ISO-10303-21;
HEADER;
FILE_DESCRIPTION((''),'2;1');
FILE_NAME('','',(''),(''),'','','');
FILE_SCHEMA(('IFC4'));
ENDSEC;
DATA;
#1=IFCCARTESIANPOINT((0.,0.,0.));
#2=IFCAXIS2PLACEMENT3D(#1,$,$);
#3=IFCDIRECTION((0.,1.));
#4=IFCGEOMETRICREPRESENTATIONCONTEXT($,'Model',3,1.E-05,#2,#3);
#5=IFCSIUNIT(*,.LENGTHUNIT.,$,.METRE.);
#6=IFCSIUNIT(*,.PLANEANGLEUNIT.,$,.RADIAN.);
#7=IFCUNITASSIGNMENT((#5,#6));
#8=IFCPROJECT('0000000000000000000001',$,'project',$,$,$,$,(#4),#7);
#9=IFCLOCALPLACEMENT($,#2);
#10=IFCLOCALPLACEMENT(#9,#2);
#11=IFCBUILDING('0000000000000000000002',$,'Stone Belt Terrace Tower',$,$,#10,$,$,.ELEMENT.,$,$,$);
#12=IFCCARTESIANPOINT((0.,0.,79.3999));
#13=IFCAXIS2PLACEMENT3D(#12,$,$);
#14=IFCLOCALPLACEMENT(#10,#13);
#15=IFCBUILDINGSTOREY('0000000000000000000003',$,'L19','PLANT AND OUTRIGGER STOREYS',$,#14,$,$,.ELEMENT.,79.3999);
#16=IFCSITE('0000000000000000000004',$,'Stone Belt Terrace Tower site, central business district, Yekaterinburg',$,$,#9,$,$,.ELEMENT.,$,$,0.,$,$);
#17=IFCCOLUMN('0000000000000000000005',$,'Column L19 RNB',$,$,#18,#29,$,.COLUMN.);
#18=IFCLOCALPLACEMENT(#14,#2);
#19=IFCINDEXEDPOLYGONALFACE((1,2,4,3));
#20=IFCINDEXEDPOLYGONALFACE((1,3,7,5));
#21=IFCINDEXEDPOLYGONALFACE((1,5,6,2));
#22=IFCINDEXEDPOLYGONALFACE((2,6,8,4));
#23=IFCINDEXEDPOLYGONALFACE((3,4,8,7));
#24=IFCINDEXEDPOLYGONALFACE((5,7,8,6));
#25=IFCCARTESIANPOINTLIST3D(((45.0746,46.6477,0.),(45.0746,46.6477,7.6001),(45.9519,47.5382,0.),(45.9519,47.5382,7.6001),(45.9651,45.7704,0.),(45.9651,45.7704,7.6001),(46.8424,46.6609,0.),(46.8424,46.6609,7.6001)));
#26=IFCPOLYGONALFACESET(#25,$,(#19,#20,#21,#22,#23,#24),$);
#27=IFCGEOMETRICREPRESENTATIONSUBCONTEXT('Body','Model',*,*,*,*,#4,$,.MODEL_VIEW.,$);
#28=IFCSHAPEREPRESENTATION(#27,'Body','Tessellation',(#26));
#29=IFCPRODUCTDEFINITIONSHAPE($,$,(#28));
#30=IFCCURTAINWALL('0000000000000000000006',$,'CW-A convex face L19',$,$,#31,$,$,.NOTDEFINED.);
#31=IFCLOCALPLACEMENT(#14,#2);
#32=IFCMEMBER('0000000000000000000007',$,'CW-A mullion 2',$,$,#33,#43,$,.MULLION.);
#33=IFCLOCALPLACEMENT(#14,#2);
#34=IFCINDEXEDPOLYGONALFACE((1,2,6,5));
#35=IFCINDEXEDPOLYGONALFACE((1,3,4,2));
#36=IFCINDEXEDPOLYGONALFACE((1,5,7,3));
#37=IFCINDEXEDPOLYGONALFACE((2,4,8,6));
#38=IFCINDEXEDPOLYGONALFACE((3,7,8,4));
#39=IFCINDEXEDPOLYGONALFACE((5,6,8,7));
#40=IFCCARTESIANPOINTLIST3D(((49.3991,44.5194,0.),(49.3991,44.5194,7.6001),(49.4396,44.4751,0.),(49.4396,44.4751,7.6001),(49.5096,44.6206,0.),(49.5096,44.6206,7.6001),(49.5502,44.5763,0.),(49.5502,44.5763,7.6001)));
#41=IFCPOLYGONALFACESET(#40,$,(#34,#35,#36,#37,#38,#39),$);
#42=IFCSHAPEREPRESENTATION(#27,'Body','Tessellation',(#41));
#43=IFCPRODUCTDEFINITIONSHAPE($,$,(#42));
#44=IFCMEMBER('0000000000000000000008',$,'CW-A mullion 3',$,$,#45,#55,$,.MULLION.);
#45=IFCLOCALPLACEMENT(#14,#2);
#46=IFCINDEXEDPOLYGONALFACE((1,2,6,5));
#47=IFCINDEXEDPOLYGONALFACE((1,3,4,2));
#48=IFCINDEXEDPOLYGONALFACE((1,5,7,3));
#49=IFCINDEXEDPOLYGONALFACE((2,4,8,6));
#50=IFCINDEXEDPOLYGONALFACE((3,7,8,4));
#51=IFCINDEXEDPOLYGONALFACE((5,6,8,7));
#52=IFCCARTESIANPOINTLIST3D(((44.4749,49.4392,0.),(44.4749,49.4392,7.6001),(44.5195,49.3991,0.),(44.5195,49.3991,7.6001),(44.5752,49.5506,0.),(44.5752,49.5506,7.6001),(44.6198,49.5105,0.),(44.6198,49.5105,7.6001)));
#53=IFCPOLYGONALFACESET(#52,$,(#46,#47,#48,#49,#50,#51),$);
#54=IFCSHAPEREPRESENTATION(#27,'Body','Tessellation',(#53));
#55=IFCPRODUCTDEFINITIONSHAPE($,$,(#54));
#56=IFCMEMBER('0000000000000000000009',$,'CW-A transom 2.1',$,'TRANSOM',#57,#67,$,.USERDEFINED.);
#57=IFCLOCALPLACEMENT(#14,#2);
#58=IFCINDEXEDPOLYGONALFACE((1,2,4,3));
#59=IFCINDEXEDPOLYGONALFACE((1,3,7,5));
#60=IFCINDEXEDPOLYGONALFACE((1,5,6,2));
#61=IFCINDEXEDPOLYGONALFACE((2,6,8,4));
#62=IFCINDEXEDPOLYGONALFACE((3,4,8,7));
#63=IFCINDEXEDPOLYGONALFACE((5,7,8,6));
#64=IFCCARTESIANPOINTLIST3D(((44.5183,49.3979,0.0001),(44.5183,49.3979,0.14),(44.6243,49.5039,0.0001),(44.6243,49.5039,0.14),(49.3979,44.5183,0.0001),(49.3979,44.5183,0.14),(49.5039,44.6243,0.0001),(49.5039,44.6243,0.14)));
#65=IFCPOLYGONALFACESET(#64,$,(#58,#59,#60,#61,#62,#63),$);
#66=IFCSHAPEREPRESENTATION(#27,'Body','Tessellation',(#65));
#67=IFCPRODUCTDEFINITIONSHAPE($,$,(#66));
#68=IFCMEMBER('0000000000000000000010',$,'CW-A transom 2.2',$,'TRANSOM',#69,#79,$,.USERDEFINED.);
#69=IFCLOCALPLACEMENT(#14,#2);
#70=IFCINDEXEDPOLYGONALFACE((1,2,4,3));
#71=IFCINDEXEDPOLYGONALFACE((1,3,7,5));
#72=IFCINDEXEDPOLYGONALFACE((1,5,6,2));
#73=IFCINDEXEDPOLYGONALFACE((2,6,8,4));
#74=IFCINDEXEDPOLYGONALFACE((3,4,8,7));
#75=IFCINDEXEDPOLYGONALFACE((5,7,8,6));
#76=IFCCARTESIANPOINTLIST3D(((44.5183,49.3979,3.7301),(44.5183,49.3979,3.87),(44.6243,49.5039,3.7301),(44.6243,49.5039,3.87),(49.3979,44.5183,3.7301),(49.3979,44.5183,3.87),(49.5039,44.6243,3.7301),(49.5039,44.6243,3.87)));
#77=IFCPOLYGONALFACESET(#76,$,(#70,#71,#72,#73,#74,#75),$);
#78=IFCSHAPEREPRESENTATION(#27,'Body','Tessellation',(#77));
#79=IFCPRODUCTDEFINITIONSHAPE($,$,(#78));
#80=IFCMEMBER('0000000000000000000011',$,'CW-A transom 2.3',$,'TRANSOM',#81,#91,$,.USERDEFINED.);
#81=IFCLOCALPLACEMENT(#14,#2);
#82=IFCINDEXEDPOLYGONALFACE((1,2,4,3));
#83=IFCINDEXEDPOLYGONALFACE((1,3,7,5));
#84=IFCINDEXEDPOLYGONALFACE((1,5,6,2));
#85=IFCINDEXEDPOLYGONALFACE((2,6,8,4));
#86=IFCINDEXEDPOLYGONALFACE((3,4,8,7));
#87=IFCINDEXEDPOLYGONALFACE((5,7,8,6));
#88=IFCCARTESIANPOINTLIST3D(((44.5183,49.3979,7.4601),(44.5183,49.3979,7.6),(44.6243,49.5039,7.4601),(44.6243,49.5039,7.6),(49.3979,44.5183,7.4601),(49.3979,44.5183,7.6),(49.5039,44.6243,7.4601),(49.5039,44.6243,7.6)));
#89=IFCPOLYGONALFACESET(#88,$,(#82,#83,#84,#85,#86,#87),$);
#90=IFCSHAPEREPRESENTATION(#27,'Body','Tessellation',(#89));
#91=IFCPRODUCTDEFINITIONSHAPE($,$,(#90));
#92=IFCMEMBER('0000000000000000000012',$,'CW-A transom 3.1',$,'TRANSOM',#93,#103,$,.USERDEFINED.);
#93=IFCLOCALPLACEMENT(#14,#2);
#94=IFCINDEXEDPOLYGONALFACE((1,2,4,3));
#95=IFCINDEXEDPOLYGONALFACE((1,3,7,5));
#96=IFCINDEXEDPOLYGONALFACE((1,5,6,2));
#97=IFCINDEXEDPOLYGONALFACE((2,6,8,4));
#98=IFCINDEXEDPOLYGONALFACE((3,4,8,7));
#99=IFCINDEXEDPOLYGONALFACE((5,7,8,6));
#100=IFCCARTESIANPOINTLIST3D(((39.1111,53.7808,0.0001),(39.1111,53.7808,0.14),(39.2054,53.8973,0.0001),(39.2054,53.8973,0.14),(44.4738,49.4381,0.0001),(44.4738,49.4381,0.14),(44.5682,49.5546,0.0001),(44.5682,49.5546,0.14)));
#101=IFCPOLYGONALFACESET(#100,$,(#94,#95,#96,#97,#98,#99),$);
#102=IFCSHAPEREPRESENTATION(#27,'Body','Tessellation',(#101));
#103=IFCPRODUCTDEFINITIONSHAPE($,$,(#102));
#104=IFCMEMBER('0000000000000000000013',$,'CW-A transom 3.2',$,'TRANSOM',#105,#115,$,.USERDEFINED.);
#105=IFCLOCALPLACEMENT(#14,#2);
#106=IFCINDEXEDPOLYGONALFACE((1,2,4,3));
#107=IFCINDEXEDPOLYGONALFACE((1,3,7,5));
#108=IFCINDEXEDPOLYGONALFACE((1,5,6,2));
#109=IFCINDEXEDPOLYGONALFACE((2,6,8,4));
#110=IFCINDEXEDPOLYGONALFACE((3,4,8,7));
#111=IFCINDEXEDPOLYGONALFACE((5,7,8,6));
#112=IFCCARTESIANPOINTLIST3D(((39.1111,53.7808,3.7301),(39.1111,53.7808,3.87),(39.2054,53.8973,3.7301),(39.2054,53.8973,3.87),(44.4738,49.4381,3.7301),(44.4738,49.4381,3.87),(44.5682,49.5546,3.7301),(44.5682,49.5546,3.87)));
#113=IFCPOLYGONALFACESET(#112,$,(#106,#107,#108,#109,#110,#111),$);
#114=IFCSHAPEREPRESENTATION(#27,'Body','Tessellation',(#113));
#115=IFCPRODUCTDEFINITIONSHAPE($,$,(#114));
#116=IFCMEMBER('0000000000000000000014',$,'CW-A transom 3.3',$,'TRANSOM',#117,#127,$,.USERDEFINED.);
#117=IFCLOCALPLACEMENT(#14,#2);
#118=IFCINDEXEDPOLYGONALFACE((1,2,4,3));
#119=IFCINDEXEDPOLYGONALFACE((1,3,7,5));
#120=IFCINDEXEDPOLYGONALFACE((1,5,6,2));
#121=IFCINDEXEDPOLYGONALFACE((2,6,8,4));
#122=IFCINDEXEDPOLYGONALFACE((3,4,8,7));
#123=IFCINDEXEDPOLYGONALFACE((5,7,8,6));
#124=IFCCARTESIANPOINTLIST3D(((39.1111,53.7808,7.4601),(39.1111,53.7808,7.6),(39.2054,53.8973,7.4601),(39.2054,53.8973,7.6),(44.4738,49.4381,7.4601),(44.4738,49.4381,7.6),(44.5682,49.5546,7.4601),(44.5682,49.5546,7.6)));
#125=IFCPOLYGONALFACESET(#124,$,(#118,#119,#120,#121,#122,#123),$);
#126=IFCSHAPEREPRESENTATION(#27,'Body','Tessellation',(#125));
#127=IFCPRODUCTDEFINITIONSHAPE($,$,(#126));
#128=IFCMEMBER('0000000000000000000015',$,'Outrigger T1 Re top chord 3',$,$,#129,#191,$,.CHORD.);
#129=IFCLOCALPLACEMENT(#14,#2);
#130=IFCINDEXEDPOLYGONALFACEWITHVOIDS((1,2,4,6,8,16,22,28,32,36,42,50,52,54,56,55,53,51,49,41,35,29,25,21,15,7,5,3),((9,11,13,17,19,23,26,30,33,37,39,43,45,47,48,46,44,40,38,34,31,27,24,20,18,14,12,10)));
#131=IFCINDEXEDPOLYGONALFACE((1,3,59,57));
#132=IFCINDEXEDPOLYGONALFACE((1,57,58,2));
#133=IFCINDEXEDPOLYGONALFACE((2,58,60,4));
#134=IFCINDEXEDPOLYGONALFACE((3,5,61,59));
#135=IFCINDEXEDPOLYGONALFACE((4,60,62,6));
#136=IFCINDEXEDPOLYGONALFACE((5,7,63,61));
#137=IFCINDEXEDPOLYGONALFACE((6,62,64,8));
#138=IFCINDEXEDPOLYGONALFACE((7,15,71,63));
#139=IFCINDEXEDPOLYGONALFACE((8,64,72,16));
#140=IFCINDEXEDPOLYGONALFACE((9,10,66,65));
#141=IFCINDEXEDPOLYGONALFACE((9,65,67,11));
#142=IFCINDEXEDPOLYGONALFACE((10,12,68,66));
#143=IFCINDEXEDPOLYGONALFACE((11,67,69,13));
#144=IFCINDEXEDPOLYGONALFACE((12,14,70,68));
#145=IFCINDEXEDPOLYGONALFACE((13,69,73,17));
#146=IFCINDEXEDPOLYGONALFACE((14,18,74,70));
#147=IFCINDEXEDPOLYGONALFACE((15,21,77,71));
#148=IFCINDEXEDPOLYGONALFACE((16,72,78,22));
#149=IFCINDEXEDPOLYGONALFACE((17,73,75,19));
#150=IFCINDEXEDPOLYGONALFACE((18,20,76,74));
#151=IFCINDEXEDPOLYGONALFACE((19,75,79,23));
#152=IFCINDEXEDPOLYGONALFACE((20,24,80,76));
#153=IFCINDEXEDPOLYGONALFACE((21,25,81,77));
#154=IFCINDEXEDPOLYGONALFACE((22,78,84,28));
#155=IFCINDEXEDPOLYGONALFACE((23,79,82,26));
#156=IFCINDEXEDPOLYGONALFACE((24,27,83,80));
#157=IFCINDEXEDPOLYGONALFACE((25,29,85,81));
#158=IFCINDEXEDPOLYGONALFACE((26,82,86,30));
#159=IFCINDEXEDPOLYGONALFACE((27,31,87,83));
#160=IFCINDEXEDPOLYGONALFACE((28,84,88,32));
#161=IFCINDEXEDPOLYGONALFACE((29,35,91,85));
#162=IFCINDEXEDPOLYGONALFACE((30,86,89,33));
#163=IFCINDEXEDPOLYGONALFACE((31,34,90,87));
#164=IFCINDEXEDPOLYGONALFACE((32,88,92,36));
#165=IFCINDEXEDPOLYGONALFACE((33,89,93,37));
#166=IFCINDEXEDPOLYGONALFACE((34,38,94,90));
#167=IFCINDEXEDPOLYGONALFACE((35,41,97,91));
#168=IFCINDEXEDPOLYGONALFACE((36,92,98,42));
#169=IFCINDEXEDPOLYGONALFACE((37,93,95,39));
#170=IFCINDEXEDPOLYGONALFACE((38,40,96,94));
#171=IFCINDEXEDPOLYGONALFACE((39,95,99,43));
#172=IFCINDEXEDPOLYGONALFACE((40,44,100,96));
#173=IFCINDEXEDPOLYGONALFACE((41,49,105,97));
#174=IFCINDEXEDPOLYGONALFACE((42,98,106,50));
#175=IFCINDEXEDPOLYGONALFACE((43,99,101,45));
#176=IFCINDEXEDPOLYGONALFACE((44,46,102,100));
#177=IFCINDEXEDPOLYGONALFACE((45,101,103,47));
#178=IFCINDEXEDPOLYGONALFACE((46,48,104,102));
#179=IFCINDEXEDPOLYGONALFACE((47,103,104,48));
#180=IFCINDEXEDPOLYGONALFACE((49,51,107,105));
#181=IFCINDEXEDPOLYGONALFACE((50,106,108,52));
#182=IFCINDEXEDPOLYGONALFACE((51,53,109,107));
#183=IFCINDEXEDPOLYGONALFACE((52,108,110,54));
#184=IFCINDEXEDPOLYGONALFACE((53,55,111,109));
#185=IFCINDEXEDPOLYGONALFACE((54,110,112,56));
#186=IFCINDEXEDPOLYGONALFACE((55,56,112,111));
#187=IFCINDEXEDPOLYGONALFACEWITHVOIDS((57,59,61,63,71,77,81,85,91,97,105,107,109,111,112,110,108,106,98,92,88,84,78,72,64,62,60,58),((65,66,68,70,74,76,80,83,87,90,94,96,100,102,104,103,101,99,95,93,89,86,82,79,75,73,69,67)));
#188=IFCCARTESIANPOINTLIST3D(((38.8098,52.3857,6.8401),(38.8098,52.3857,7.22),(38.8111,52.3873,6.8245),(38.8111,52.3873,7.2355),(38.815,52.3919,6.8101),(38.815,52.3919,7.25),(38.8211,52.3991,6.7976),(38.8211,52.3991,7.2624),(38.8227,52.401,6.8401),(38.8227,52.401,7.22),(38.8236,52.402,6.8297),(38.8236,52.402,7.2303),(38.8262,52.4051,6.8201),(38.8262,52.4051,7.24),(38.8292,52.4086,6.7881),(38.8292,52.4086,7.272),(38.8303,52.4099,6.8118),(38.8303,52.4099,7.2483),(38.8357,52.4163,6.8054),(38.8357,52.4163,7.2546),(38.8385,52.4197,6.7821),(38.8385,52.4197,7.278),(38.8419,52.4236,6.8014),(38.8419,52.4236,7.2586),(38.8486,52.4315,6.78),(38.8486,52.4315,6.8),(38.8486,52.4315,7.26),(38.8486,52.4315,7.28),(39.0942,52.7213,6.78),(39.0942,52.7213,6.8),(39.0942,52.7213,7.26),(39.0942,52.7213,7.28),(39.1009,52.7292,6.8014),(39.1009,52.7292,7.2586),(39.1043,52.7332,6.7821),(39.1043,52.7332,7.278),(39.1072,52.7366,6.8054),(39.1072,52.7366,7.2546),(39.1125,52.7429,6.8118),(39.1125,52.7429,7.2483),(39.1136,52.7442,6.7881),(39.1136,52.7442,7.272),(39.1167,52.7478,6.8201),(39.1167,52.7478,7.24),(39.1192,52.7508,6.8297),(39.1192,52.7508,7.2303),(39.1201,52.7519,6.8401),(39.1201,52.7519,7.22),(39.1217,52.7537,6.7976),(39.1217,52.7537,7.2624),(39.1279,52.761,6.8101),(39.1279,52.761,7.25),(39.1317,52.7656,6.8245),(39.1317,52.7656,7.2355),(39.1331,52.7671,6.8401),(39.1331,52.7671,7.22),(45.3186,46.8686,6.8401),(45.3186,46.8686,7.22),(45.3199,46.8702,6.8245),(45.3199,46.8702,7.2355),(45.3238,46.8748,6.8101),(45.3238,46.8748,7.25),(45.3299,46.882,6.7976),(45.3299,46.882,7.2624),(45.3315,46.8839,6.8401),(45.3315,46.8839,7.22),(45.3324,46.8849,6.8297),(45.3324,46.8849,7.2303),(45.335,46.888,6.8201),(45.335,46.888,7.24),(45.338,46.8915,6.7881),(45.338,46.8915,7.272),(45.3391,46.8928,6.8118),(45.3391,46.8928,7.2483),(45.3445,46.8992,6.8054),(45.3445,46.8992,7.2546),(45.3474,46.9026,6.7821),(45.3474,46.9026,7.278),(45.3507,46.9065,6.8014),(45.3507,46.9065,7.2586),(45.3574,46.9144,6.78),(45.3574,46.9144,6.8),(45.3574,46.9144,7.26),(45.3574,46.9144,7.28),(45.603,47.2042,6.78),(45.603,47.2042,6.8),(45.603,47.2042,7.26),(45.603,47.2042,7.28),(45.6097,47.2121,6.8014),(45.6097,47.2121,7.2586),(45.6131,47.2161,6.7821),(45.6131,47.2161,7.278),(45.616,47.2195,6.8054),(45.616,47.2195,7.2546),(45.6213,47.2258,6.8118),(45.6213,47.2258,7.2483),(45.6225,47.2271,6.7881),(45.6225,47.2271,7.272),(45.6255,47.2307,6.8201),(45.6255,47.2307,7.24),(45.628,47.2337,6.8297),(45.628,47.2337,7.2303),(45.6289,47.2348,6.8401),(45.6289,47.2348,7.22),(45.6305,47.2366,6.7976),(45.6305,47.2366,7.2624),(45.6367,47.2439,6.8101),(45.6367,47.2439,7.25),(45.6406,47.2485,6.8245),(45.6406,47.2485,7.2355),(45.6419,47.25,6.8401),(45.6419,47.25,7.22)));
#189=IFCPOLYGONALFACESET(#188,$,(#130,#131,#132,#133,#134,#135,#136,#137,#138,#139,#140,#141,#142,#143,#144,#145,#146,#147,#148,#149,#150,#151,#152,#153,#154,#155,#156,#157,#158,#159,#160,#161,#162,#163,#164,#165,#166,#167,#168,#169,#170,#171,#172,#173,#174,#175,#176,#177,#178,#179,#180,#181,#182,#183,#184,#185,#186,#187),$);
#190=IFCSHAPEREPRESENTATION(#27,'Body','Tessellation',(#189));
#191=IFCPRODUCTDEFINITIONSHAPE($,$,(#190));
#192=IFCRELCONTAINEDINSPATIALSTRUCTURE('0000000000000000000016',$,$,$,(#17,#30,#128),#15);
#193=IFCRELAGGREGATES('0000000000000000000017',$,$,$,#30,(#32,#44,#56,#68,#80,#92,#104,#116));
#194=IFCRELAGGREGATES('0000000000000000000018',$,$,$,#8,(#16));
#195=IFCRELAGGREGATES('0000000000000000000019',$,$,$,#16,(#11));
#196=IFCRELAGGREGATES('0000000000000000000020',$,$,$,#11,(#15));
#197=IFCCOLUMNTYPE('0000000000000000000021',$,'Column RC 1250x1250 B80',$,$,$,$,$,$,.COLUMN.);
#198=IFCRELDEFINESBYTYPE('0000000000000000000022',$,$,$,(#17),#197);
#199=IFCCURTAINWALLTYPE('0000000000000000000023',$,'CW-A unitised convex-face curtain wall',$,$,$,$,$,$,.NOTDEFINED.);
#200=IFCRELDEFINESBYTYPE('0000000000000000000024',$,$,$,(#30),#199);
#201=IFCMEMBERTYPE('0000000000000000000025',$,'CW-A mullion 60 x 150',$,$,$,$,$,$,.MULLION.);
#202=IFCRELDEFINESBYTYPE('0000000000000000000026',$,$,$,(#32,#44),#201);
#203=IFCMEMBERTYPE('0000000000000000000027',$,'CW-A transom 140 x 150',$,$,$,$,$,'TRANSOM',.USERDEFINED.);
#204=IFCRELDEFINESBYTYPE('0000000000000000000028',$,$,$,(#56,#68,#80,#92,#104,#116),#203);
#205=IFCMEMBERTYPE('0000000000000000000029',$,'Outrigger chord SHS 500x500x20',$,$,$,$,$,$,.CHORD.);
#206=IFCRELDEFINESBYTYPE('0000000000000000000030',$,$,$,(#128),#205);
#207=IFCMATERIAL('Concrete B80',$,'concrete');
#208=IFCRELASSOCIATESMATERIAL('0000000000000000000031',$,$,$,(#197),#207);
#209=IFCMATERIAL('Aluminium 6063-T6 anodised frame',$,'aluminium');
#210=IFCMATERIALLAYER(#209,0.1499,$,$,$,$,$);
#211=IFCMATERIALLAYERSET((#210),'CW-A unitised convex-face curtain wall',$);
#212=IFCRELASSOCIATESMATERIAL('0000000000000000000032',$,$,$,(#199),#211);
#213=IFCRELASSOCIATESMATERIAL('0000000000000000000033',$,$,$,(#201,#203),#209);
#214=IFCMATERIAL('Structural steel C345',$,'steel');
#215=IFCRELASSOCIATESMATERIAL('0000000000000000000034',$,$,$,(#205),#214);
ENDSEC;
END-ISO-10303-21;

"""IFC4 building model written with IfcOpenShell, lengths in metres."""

from ifc_helpers import new_model, si_unit, direction, frame, origin, origin_2d, place, context, subcontext, project, spatial, rectangle, hollow_rectangle, extrude, material, layer, layer_set, material_profile, profile_set, type_object, element, aggregate, save


model = new_model("IFC4")

# Units and contexts
model_context = context("Model", 3, precision=1e-05, world=origin(), true_north=direction((0.0, 1.0)))
body_context = subcontext(model_context, "Body", "Model", "MODEL_VIEW")
ifc_project = project(units=[si_unit("LENGTHUNIT", "METRE"), si_unit("PLANEANGLEUNIT", "RADIAN")], contexts=[model_context])

# Site, building, storey
site_placement = place(None, origin())
site = spatial("IfcSite", under=ifc_project, at=site_placement, Name="Stone Belt Terrace Tower site, central business district, Yekaterinburg", CompositionType="ELEMENT", RefElevation=0.0)
building_placement = place(site_placement, origin())
building = spatial("IfcBuilding", under=site, at=building_placement, Name="Stone Belt Terrace Tower", CompositionType="ELEMENT")
storey_placement = place(building_placement, frame((0.0, 0.0, 79.3999)))
storey = spatial("IfcBuildingStorey", under=building, at=storey_placement, Name="L19", Description="PLANT AND OUTRIGGER STOREYS", CompositionType="ELEMENT", Elevation=79.3999)

# Column
ifc_material_1 = material(Name="Concrete B80", Category="concrete")
ifc_material_profile_1 = material_profile(ifc_material_1, rectangle(XDim=1.25, YDim=1.25, at=origin_2d()), Name="RC 1250x1250")
ifc_profile_set_1 = profile_set([ifc_material_profile_1], Name="Concrete B80")
column_type = type_object("IfcColumnType", Name="Column RC 1250x1250 B80", PredefinedType="COLUMN", material=ifc_profile_set_1)
column_placement = place(storey_placement, frame((45.9585, 46.6543, 0.0), z_axis=(0.0, 0.0, 1.0), x_axis=(0.712398, -0.701775, 0.0)))
element("IfcColumn", 1, at=column_placement, inside=storey, type_object=column_type, Name="Column L19 RNB", PredefinedType="COLUMN", context=body_context, shape_type="SweptSolid", body=[
    extrude(rectangle(XDim=1.25, YDim=1.25, at=origin_2d()), origin(), (0.0, 0.0, 1.0), 7.6001),
])

# Curtain wall, members
ifc_material_2 = material(Name="Aluminium 6063-T6 anodised frame", Category="aluminium")
ifc_layer_1 = layer(ifc_material_2, 0.1499)
ifc_layer_set_1 = layer_set([ifc_layer_1], Name="CW-A unitised convex-face curtain wall")
curtain_wall_type = type_object("IfcCurtainWallType", Name="CW-A unitised convex-face curtain wall", PredefinedType="NOTDEFINED", material=ifc_layer_set_1)
curtain_wall_placement = place(storey_placement, origin())
curtain_wall = element("IfcCurtainWall", 2, at=curtain_wall_placement, inside=storey, type_object=curtain_wall_type, Name="CW-A convex face L19", PredefinedType="NOTDEFINED")
ifc_material_profile_2 = material_profile(ifc_material_2, rectangle(XDim=0.1499, YDim=0.0601, at=origin_2d()), Name="Aluminium 6063-T6 60x150")
ifc_profile_set_2 = profile_set([ifc_material_profile_2], Name="Aluminium 6063-T6 anodised frame")
member_type_1 = type_object("IfcMemberType", Name="CW-A mullion 60 x 150", PredefinedType="MULLION", material=ifc_profile_set_2)
member_1_placement = place(storey_placement, frame((49.4746, 44.5479, 0.0), z_axis=(0.0, 0.0, 1.0), x_axis=(-0.7374, -0.675456, 0.0)))
member_1 = element("IfcMember", 3, at=member_1_placement, type_object=member_type_1, Name="CW-A mullion 2", PredefinedType="MULLION", context=body_context, shape_type="SweptSolid", body=[
    extrude(rectangle(XDim=0.1499, YDim=0.0601, at=origin_2d()), origin(), (0.0, 0.0, 1.0), 7.6001),
])
member_2_placement = place(storey_placement, frame((44.5474, 49.4749, 0.0), z_axis=(0.0, 0.0, 1.0), x_axis=(-0.669131, -0.743145, 0.0)))
member_2 = element("IfcMember", 4, at=member_2_placement, type_object=member_type_1, Name="CW-A mullion 3", PredefinedType="MULLION", context=body_context, shape_type="SweptSolid", body=[
    extrude(rectangle(XDim=0.1499, YDim=0.0601, at=origin_2d()), origin(), (0.0, 0.0, 1.0), 7.6001),
])
ifc_material_profile_3 = material_profile(ifc_material_2, rectangle(XDim=0.1499, YDim=0.1399, at=origin_2d()), Name="Aluminium 6063-T6 150x140")
ifc_profile_set_3 = profile_set([ifc_material_profile_3], Name="Aluminium 6063-T6 anodised frame")
member_type_2 = type_object("IfcMemberType", Name="CW-A transom 140 x 150", ElementType="TRANSOM", PredefinedType="USERDEFINED", material=ifc_profile_set_3)
member_3_placement = place(storey_placement, frame((49.4509, 44.5713, 0.0701), z_axis=(-0.707107, 0.707107, 0.0), x_axis=(-0.707107, -0.707107, 0.0)))
member_3 = element("IfcMember", 5, at=member_3_placement, type_object=member_type_2, Name="CW-A transom 2.1", ObjectType="TRANSOM", PredefinedType="USERDEFINED", context=body_context, shape_type="SweptSolid", body=[
    extrude(rectangle(XDim=0.1499, YDim=0.1399, at=origin_2d()), origin(), (0.0, 0.0, 1.0), 6.9009),
])
member_4_placement = place(storey_placement, frame((49.4509, 44.5713, 3.8), z_axis=(-0.707107, 0.707107, 0.0), x_axis=(-0.707107, -0.707107, 0.0)))
member_4 = element("IfcMember", 6, at=member_4_placement, type_object=member_type_2, Name="CW-A transom 2.2", ObjectType="TRANSOM", PredefinedType="USERDEFINED", context=body_context, shape_type="SweptSolid", body=[
    extrude(rectangle(XDim=0.1499, YDim=0.1399, at=origin_2d()), origin(), (0.0, 0.0, 1.0), 6.9009),
])
member_5_placement = place(storey_placement, frame((49.4509, 44.5713, 7.53), z_axis=(-0.707107, 0.707107, 0.0), x_axis=(-0.707107, -0.707107, 0.0)))
member_5 = element("IfcMember", 7, at=member_5_placement, type_object=member_type_2, Name="CW-A transom 2.3", ObjectType="TRANSOM", PredefinedType="USERDEFINED", context=body_context, shape_type="SweptSolid", body=[
    extrude(rectangle(XDim=0.1499, YDim=0.1399, at=origin_2d()), origin(), (0.0, 0.0, 1.0), 6.9009),
])
member_6_placement = place(storey_placement, frame((44.521, 49.4963, 0.0701), z_axis=(-0.777141, 0.629326, 0.0), x_axis=(-0.629326, -0.777141, 0.0)))
member_6 = element("IfcMember", 8, at=member_6_placement, type_object=member_type_2, Name="CW-A transom 3.1", ObjectType="TRANSOM", PredefinedType="USERDEFINED", context=body_context, shape_type="SweptSolid", body=[
    extrude(rectangle(XDim=0.1499, YDim=0.1399, at=origin_2d()), origin(), (0.0, 0.0, 1.0), 6.9006),
])
member_7_placement = place(storey_placement, frame((44.521, 49.4963, 3.8), z_axis=(-0.777141, 0.629326, 0.0), x_axis=(-0.629326, -0.777141, 0.0)))
member_7 = element("IfcMember", 9, at=member_7_placement, type_object=member_type_2, Name="CW-A transom 3.2", ObjectType="TRANSOM", PredefinedType="USERDEFINED", context=body_context, shape_type="SweptSolid", body=[
    extrude(rectangle(XDim=0.1499, YDim=0.1399, at=origin_2d()), origin(), (0.0, 0.0, 1.0), 6.9006),
])
member_8_placement = place(storey_placement, frame((44.521, 49.4963, 7.53), z_axis=(-0.777141, 0.629326, 0.0), x_axis=(-0.629326, -0.777141, 0.0)))
member_8 = element("IfcMember", 10, at=member_8_placement, type_object=member_type_2, Name="CW-A transom 3.3", ObjectType="TRANSOM", PredefinedType="USERDEFINED", context=body_context, shape_type="SweptSolid", body=[
    extrude(rectangle(XDim=0.1499, YDim=0.1399, at=origin_2d()), origin(), (0.0, 0.0, 1.0), 6.9006),
])

# Member
ifc_material_3 = material(Name="Structural steel C345", Category="steel")
ifc_material_profile_4 = material_profile(ifc_material_3, hollow_rectangle(XDim=0.5, YDim=0.5, WallThickness=0.02, InnerFilletRadius=0.04, OuterFilletRadius=0.0601, at=origin_2d()), Name="SHS 500x500x20")
ifc_profile_set_4 = profile_set([ifc_material_profile_4], Name="Structural steel C345")
member_type_3 = type_object("IfcMemberType", Name="Outrigger chord SHS 500x500x20", PredefinedType="CHORD", material=ifc_profile_set_4)
for number, where, z_axis, x_axis, name in (
    (11, (45.4802, 47.0593, 7.03), (-0.762828, 0.646601, 0.0), (-0.646601, -0.762828, 0.0), "Outrigger T1 Re top chord 3"),
):
    element("IfcMember", number, at=place(storey_placement, frame(where, z_axis=z_axis, x_axis=x_axis)), inside=storey, type_object=member_type_3, Name=name, PredefinedType="CHORD", context=body_context, shape_type="SweptSolid", body=[
        extrude(hollow_rectangle(XDim=0.5, YDim=0.5, WallThickness=0.02, InnerFilletRadius=0.04, OuterFilletRadius=0.0601, at=origin_2d()), origin(), (0.0, 0.0, 1.0), 8.5325),
    ])

aggregate(curtain_wall, [member_1, member_2, member_3, member_4, member_5, member_6, member_7, member_8])

save(model, "model.ifc")
